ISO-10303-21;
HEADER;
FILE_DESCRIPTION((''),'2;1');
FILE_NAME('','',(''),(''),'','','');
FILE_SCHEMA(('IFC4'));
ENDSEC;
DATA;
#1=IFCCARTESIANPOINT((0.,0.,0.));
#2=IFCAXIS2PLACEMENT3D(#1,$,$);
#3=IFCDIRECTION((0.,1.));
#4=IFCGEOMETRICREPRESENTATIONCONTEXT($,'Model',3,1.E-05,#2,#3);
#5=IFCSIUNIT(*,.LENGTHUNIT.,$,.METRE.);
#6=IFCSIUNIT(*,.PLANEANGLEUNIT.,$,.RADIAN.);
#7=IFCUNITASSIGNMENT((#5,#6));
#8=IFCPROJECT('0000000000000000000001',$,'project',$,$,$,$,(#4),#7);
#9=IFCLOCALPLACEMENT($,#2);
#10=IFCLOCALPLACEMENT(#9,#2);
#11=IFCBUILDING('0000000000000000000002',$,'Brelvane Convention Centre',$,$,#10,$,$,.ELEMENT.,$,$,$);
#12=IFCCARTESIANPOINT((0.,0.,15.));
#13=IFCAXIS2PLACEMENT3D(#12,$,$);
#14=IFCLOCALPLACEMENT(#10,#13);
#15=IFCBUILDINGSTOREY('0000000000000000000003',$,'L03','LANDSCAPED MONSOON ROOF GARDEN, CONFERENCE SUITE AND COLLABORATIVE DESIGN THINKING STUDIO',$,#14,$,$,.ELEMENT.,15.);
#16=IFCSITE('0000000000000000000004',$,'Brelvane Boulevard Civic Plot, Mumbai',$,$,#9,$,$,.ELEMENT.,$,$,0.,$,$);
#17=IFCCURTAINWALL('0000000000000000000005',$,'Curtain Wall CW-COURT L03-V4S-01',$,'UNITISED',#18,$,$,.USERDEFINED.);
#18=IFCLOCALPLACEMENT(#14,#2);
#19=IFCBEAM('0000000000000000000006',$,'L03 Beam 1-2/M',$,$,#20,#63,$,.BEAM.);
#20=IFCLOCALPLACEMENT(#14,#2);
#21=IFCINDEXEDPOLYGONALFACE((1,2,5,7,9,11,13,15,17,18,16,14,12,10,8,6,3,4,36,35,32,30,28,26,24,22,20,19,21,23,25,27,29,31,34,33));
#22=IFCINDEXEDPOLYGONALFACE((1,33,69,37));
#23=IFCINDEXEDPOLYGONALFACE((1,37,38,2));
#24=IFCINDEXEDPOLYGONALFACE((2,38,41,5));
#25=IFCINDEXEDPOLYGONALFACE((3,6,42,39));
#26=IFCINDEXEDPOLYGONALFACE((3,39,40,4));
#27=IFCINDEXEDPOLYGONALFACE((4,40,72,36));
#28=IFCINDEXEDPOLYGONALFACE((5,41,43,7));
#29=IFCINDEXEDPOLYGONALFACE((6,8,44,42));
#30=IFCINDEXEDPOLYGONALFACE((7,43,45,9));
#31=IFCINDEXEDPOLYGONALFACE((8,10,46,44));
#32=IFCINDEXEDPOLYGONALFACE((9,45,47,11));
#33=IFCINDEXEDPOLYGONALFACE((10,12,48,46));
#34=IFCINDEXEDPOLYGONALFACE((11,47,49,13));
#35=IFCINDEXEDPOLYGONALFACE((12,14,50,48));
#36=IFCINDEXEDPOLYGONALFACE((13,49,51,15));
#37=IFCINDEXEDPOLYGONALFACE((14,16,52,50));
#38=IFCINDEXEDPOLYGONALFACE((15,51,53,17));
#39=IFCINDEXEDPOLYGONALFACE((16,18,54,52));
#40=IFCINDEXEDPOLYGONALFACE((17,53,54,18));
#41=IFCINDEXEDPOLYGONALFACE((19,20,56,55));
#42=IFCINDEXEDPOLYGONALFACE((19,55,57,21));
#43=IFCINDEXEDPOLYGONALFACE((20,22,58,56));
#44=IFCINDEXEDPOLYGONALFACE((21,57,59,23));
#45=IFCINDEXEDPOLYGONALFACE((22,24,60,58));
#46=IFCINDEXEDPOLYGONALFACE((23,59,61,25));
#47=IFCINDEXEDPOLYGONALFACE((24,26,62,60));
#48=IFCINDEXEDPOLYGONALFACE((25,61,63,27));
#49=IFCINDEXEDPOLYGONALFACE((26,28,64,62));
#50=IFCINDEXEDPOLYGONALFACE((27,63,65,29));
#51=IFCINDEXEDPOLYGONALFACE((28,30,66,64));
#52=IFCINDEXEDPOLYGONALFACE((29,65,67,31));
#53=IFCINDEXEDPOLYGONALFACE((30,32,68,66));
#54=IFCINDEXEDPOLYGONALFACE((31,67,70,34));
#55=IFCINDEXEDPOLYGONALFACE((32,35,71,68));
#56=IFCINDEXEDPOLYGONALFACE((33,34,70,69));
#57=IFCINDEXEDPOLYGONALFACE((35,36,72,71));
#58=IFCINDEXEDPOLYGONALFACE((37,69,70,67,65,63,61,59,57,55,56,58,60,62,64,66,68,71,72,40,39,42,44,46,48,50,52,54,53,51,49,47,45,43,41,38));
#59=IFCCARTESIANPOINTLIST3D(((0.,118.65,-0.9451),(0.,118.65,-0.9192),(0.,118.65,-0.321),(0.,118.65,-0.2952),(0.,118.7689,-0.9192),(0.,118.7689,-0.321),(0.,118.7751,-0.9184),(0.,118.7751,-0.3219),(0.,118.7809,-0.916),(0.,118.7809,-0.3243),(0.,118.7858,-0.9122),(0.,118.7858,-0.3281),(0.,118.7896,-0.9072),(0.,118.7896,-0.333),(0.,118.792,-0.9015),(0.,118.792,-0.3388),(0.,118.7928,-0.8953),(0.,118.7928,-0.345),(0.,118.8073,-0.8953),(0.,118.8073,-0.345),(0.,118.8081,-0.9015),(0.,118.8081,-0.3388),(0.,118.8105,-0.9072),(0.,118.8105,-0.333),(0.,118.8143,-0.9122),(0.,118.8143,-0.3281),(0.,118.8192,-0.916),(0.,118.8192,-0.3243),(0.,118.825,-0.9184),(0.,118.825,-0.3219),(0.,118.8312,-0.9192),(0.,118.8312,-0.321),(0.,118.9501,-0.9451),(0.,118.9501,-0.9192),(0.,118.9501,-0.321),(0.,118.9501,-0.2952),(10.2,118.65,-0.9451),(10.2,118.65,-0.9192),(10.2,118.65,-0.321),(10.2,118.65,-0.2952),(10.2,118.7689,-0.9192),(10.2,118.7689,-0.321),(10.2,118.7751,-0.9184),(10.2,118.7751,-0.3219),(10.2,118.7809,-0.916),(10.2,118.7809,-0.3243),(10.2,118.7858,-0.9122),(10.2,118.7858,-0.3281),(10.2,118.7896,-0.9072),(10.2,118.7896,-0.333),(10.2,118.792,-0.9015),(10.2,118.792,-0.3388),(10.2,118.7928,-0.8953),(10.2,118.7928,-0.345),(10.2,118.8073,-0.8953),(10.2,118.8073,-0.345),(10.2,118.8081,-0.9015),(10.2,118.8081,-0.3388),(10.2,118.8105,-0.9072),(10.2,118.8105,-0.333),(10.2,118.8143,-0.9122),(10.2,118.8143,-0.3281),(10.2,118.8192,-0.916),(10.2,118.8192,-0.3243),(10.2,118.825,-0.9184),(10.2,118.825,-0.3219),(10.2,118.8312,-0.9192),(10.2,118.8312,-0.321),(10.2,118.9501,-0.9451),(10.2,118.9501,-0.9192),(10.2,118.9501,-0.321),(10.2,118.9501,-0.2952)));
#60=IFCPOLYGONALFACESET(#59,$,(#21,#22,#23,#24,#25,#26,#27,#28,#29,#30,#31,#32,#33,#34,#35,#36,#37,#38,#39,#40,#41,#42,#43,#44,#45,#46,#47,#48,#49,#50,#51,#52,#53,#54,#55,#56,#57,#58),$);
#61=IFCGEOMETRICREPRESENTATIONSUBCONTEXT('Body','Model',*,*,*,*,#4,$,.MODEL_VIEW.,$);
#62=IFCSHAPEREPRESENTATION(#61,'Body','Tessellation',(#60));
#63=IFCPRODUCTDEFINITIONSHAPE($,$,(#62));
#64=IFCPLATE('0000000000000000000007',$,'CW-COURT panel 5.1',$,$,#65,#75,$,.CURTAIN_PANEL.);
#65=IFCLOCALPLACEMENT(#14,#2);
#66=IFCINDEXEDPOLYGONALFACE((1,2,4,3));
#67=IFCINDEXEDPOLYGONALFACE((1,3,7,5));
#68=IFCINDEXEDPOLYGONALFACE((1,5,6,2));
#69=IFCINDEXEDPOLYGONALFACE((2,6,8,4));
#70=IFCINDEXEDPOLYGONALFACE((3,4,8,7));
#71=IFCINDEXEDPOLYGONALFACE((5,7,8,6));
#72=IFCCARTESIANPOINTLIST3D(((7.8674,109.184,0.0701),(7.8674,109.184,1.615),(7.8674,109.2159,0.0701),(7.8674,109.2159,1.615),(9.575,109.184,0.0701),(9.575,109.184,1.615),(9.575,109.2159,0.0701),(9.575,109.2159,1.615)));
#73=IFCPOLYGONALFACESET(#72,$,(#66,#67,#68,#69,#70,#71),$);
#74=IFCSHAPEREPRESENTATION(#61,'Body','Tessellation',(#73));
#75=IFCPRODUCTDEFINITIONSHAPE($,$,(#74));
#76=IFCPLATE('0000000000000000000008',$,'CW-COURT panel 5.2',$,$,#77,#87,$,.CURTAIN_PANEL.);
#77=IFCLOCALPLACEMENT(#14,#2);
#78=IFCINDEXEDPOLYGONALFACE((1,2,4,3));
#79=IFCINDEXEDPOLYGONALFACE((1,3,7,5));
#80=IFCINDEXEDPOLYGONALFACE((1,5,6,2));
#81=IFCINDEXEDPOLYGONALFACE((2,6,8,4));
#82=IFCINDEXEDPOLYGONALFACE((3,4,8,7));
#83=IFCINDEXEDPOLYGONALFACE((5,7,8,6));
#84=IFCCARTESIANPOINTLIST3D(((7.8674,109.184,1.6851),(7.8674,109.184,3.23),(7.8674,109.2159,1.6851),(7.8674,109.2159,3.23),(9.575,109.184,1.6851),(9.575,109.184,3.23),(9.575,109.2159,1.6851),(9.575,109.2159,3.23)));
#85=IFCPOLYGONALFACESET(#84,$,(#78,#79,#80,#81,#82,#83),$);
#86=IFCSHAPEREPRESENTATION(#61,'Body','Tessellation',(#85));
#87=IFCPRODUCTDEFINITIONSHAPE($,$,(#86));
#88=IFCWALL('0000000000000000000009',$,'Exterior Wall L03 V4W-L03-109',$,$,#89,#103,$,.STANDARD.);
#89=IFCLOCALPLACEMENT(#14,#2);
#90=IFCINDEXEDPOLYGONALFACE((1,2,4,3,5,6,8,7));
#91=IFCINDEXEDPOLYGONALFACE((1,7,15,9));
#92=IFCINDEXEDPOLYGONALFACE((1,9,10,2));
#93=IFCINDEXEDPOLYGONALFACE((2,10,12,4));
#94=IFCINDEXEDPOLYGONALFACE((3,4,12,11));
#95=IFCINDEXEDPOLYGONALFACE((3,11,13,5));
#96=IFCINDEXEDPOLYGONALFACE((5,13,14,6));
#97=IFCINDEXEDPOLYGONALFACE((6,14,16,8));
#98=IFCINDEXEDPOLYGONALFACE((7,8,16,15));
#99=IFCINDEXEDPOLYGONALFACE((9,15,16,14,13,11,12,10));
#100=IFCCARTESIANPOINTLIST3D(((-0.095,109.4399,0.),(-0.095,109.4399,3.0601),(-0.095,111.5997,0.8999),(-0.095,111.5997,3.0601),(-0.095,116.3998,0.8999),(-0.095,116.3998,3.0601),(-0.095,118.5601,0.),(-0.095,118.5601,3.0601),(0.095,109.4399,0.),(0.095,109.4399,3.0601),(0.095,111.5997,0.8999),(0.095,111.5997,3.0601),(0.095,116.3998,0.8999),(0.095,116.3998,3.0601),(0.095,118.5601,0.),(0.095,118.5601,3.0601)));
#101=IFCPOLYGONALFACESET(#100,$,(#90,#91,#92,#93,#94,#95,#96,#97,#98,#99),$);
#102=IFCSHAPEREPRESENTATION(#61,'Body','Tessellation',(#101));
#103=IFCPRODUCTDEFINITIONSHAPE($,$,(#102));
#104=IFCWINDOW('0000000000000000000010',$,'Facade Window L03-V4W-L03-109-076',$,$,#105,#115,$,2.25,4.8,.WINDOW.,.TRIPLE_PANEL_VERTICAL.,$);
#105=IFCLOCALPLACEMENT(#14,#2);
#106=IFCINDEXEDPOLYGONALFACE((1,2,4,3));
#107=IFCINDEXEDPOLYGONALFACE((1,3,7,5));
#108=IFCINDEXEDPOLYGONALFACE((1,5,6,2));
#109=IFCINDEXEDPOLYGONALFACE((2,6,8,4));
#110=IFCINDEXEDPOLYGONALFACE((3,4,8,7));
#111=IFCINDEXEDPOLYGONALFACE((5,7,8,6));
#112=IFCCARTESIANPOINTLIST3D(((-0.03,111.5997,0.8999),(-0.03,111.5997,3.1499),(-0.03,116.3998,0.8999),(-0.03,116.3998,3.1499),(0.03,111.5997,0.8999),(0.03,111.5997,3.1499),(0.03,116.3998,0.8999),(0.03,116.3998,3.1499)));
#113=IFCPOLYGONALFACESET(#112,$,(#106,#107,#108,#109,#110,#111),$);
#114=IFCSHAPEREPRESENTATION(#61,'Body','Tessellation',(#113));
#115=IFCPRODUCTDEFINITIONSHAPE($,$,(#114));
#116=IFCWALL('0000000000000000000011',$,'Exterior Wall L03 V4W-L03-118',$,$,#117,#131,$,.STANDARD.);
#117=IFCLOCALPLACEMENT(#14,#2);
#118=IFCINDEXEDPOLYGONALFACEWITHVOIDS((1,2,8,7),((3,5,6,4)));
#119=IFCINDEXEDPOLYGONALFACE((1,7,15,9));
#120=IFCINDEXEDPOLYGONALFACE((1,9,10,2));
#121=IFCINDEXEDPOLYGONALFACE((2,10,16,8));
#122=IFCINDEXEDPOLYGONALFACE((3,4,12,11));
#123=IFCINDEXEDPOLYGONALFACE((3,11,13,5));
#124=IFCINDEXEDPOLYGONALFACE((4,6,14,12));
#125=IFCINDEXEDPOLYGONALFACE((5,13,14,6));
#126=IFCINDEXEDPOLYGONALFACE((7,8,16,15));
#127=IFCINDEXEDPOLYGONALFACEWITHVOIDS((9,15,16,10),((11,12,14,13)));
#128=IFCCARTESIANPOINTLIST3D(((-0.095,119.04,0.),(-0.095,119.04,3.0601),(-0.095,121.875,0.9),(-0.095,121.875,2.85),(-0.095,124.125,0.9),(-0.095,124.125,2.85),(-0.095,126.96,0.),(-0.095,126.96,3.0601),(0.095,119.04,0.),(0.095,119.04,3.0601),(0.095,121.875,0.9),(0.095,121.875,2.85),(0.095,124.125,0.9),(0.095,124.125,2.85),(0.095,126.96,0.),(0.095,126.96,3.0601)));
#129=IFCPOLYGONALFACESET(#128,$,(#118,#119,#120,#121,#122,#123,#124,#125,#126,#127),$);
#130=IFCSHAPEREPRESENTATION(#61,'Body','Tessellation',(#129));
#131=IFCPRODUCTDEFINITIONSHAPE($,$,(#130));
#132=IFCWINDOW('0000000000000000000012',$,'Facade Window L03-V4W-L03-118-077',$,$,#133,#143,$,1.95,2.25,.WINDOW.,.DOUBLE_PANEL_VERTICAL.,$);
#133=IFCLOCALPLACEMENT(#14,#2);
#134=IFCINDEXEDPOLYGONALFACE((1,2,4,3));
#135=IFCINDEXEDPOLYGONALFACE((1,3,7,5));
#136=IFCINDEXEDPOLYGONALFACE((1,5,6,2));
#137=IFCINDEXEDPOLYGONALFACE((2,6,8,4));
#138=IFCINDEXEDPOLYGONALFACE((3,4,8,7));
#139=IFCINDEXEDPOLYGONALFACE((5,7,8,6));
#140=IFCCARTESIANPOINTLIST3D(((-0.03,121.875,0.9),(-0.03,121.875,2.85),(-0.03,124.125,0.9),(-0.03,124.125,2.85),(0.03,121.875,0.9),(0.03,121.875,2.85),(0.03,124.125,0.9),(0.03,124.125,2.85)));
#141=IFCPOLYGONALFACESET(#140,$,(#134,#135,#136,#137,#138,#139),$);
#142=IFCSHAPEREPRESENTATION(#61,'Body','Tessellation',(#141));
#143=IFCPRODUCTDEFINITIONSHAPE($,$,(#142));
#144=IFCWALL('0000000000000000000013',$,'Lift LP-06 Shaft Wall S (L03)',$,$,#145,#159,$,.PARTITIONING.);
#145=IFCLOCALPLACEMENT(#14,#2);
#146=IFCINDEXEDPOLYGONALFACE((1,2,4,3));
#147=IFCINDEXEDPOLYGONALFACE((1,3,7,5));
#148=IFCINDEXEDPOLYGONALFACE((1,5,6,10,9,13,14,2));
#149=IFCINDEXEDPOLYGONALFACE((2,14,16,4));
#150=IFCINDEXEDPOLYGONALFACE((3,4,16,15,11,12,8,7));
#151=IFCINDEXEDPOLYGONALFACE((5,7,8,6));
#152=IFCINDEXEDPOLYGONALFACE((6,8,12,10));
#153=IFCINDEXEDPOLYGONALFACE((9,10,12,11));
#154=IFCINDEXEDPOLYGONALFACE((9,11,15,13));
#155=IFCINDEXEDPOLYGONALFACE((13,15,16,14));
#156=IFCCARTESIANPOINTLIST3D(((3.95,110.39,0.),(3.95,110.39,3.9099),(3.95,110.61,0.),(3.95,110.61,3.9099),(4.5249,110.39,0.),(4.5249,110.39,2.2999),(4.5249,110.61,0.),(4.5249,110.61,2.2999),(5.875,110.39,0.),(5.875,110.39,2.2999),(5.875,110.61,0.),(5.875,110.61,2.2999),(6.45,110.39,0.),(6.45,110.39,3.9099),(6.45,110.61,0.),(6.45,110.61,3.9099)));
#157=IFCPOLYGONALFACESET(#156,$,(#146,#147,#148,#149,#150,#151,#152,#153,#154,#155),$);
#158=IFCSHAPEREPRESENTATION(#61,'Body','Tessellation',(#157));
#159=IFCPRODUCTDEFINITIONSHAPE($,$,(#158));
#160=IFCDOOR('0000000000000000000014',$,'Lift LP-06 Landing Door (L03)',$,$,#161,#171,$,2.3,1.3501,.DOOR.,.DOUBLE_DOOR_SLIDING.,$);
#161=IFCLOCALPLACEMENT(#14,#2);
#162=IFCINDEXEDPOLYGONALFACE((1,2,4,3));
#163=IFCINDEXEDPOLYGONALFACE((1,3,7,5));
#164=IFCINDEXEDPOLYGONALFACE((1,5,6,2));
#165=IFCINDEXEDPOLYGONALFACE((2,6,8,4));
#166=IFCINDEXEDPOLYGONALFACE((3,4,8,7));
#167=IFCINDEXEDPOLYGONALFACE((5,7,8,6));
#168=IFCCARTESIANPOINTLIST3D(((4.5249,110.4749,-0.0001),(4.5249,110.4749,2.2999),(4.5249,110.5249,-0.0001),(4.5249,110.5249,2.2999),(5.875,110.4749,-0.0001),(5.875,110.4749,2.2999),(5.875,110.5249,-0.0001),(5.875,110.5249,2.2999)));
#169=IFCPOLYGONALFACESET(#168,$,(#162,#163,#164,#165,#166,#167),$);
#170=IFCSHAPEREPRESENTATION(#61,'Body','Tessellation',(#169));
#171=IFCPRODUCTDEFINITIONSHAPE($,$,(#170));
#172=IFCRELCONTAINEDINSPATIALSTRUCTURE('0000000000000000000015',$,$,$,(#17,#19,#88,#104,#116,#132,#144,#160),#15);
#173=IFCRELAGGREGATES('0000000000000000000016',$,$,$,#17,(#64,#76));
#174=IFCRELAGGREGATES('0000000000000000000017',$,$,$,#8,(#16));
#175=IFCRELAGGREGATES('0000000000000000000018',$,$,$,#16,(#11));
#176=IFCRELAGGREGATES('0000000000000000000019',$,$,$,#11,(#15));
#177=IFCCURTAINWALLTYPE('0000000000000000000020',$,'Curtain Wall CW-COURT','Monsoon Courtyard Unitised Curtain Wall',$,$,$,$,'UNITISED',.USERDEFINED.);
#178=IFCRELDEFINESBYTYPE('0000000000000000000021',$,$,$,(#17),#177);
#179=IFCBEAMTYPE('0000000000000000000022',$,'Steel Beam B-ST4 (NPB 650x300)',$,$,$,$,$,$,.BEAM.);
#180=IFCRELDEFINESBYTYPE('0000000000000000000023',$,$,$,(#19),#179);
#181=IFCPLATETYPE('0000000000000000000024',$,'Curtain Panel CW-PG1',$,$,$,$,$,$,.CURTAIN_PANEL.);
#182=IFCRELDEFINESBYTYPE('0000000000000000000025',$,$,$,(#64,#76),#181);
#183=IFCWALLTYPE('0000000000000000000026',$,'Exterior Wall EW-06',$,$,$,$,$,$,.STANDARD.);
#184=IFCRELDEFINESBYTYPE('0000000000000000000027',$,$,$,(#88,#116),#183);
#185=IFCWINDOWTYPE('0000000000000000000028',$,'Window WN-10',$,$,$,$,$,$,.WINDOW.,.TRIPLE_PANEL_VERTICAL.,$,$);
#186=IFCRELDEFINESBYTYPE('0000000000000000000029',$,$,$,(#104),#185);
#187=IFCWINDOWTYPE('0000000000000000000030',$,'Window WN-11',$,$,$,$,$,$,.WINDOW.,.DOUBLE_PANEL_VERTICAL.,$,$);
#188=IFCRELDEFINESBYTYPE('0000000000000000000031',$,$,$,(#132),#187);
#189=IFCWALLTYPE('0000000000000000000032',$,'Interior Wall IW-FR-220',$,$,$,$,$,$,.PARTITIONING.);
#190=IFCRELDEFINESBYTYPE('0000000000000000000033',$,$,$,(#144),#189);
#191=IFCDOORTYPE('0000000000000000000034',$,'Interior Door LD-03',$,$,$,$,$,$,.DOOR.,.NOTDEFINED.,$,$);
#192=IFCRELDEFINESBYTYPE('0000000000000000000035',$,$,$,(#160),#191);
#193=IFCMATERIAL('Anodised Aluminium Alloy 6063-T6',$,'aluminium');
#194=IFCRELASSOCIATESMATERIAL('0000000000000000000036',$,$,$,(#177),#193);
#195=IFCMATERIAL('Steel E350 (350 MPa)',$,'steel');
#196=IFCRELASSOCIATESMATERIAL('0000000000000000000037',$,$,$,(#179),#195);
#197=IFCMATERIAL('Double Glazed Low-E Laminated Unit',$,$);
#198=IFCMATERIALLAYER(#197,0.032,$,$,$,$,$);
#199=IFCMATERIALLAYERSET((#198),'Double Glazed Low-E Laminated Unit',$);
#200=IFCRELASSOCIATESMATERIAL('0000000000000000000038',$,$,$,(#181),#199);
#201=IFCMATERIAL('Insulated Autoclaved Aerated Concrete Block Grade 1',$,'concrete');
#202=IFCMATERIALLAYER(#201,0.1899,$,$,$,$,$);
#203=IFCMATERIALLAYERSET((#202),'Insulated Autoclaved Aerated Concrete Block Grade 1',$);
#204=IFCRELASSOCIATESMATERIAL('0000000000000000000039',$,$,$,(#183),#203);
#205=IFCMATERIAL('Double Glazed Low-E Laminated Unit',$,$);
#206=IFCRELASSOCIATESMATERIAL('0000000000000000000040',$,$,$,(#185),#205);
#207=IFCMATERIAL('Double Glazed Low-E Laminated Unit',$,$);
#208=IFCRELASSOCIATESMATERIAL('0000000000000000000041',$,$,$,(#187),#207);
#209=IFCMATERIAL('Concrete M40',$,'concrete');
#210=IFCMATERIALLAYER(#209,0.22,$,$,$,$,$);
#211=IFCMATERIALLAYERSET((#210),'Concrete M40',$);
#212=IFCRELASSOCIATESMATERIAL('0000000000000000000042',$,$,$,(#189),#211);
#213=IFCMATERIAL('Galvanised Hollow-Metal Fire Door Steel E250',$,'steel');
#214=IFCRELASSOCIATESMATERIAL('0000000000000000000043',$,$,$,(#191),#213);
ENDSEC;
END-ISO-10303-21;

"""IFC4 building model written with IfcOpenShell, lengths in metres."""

from ifc_helpers import new_model, si_unit, direction, frame, frame_2d, origin, origin_2d, place, context, subcontext, project, spatial, rectangle, i_section, extrude, material, layer, layer_set, material_profile, profile_set, type_object, element, fill, aggregate, save


model = new_model("IFC4")

# Units and contexts
model_context = context("Model", 3, precision=1e-05, world=origin(), true_north=direction((0.0, 1.0)))
body_context = subcontext(model_context, "Body", "Model", "MODEL_VIEW")
ifc_project = project(units=[si_unit("LENGTHUNIT", "METRE"), si_unit("PLANEANGLEUNIT", "RADIAN")], contexts=[model_context])

# Site, building, storey
site_placement = place(None, origin())
site = spatial("IfcSite", under=ifc_project, at=site_placement, Name="Brelvane Boulevard Civic Plot, Mumbai", CompositionType="ELEMENT", RefElevation=0.0)
building_placement = place(site_placement, origin())
building = spatial("IfcBuilding", under=site, at=building_placement, Name="Brelvane Convention Centre", CompositionType="ELEMENT")
storey_placement = place(building_placement, frame((0.0, 0.0, 15.0)))
storey = spatial("IfcBuildingStorey", under=building, at=storey_placement, Name="L03", Description="LANDSCAPED MONSOON ROOF GARDEN, CONFERENCE SUITE AND COLLABORATIVE DESIGN THINKING STUDIO", CompositionType="ELEMENT", Elevation=15.0)

# Curtain wall
ifc_material_1 = material(Name="Anodised Aluminium Alloy 6063-T6", Category="aluminium")
curtain_wall_type = type_object("IfcCurtainWallType", Name="Curtain Wall CW-COURT", Description="Monsoon Courtyard Unitised Curtain Wall", ElementType="UNITISED", PredefinedType="USERDEFINED", material=ifc_material_1)
curtain_wall_placement = place(storey_placement, origin())
curtain_wall = element("IfcCurtainWall", 1, at=curtain_wall_placement, inside=storey, type_object=curtain_wall_type, Name="Curtain Wall CW-COURT L03-V4S-01", ObjectType="UNITISED", PredefinedType="USERDEFINED")

# Beam
ifc_material_2 = material(Name="Steel E350 (350 MPa)", Category="steel")
ifc_material_profile_1 = material_profile(ifc_material_2, i_section(OverallWidth=0.3, OverallDepth=0.6499, WebThickness=0.0144, FlangeThickness=0.0259, FilletRadius=0.0239, at=origin_2d()), Name="NPB 650x300")
ifc_profile_set_1 = profile_set([ifc_material_profile_1], Name="Steel E350 (350 MPa)")
beam_type_1 = type_object("IfcBeamType", Name="Steel Beam B-ST4 (NPB 650x300)", PredefinedType="BEAM", material=ifc_profile_set_1)
beam_1_placement = place(storey_placement, frame((0.0, 118.8, -0.6201), z_axis=(1.0, 0.0, 0.0), x_axis=(0.0, 1.0, 0.0)))
element("IfcBeam", 2, at=beam_1_placement, inside=storey, type_object=beam_type_1, Name="L03 Beam 1-2/M", PredefinedType="BEAM", context=body_context, shape_type="SweptSolid", body=[
    extrude(i_section(OverallWidth=0.3, OverallDepth=0.6499, WebThickness=0.0144, FlangeThickness=0.0259, FilletRadius=0.0239, at=origin_2d()), origin(), (0.0, 0.0, 1.0), 10.2),
])

# Plates
ifc_material_3 = material(Name="Double Glazed Low-E Laminated Unit")
ifc_layer_1 = layer(ifc_material_3, 0.032)
ifc_layer_set_1 = layer_set([ifc_layer_1], Name="Double Glazed Low-E Laminated Unit")
plate_type = type_object("IfcPlateType", Name="Curtain Panel CW-PG1", PredefinedType="CURTAIN_PANEL", material=ifc_layer_set_1)
plate_1_placement = place(storey_placement, frame((8.7212, 109.2, 0.0701), z_axis=(0.0, 0.0, 1.0), x_axis=(1.0, 0.0, 0.0)))
plate_1 = element("IfcPlate", 3, at=plate_1_placement, type_object=plate_type, Name="CW-COURT panel 5.1", PredefinedType="CURTAIN_PANEL", context=body_context, shape_type="SweptSolid", body=[
    extrude(rectangle(XDim=1.7075, YDim=0.032, at=origin_2d()), origin(), (0.0, 0.0, 1.0), 1.5449),
])
plate_2_placement = place(storey_placement, frame((8.7212, 109.2, 1.6851), z_axis=(0.0, 0.0, 1.0), x_axis=(1.0, 0.0, 0.0)))
plate_2 = element("IfcPlate", 4, at=plate_2_placement, type_object=plate_type, Name="CW-COURT panel 5.2", PredefinedType="CURTAIN_PANEL", context=body_context, shape_type="SweptSolid", body=[
    extrude(rectangle(XDim=1.7075, YDim=0.032, at=origin_2d()), origin(), (0.0, 0.0, 1.0), 1.5449),
])
aggregate(curtain_wall, [plate_1, plate_2])

# Walls, openings, windows
ifc_material_4 = material(Name="Insulated Autoclaved Aerated Concrete Block Grade 1", Category="concrete")
ifc_layer_2 = layer(ifc_material_4, 0.1899)
ifc_layer_set_2 = layer_set([ifc_layer_2], Name="Insulated Autoclaved Aerated Concrete Block Grade 1")
wall_type_1 = type_object("IfcWallType", Name="Exterior Wall EW-06", PredefinedType="STANDARD", material=ifc_layer_set_2)
wall_1_placement = place(storey_placement, frame((0.0, 109.4399, 0.0), z_axis=(0.0, 0.0, 1.0), x_axis=(0.0, 1.0, 0.0)))
wall_1 = element("IfcWall", 5, at=wall_1_placement, inside=storey, type_object=wall_type_1, Name="Exterior Wall L03 V4W-L03-109", PredefinedType="STANDARD", context=body_context, shape_type="SweptSolid", body=[
    extrude(rectangle(XDim=9.1201, YDim=0.1899, at=frame_2d((4.5601, 0.0))), origin(), (0.0, 0.0, 1.0), 3.0601),
])
opening_1_placement = place(wall_1_placement, frame((2.1599, 0.0, 0.8999)))
opening_1 = element("IfcOpeningElement", 6, at=opening_1_placement, cuts=wall_1, PredefinedType="OPENING", context=body_context, shape_type="SweptSolid", body=[
    extrude(rectangle(XDim=4.8, YDim=2.25, at=frame_2d((2.3999, 1.125))), frame((0.0, 0.105, 0.0), z_axis=(0.0, -1.0, 0.0), x_axis=(1.0, 0.0, 0.0)), (0.0, 0.0, 1.0), 0.21),
])
ifc_material_5 = material(Name="Double Glazed Low-E Laminated Unit")
window_type_1 = type_object("IfcWindowType", Name="Window WN-10", PartitioningType="TRIPLE_PANEL_VERTICAL", PredefinedType="WINDOW", material=ifc_material_5)
window_1_placement = place(opening_1_placement, origin())
window_1 = element("IfcWindow", 7, at=window_1_placement, inside=storey, type_object=window_type_1, Name="Facade Window L03-V4W-L03-109-076", OverallHeight=2.25, OverallWidth=4.8, PartitioningType="TRIPLE_PANEL_VERTICAL", PredefinedType="WINDOW", context=body_context, shape_type="SweptSolid", body=[
    extrude(rectangle(XDim=4.8, YDim=2.25, at=frame_2d((2.3999, 1.125))), frame((0.0, 0.03, 0.0), z_axis=(0.0, -1.0, 0.0), x_axis=(1.0, 0.0, 0.0)), (0.0, 0.0, 1.0), 0.0601),
])
fill(opening_1, window_1)
wall_2_placement = place(storey_placement, frame((0.0, 119.04, 0.0), z_axis=(0.0, 0.0, 1.0), x_axis=(0.0, 1.0, 0.0)))
wall_2 = element("IfcWall", 8, at=wall_2_placement, inside=storey, type_object=wall_type_1, Name="Exterior Wall L03 V4W-L03-118", PredefinedType="STANDARD", context=body_context, shape_type="SweptSolid", body=[
    extrude(rectangle(XDim=7.9199, YDim=0.1899, at=frame_2d((3.96, 0.0))), origin(), (0.0, 0.0, 1.0), 3.0601),
])
opening_2_placement = place(wall_2_placement, frame((2.835, 0.0, 0.8999)))
opening_2 = element("IfcOpeningElement", 9, at=opening_2_placement, cuts=wall_2, PredefinedType="OPENING", context=body_context, shape_type="SweptSolid", body=[
    extrude(rectangle(XDim=2.25, YDim=1.95, at=frame_2d((1.125, 0.9751))), frame((0.0, 0.105, 0.0), z_axis=(0.0, -1.0, 0.0), x_axis=(1.0, 0.0, 0.0)), (0.0, 0.0, 1.0), 0.21),
])
ifc_material_6 = material(Name="Double Glazed Low-E Laminated Unit")
window_type_2 = type_object("IfcWindowType", Name="Window WN-11", PartitioningType="DOUBLE_PANEL_VERTICAL", PredefinedType="WINDOW", material=ifc_material_6)
window_2_placement = place(opening_2_placement, origin())
window_2 = element("IfcWindow", 10, at=window_2_placement, inside=storey, type_object=window_type_2, Name="Facade Window L03-V4W-L03-118-077", OverallHeight=1.95, OverallWidth=2.25, PartitioningType="DOUBLE_PANEL_VERTICAL", PredefinedType="WINDOW", context=body_context, shape_type="SweptSolid", body=[
    extrude(rectangle(XDim=2.25, YDim=1.95, at=frame_2d((1.125, 0.9751))), frame((0.0, 0.03, 0.0), z_axis=(0.0, -1.0, 0.0), x_axis=(1.0, 0.0, 0.0)), (0.0, 0.0, 1.0), 0.0601),
])
fill(opening_2, window_2)

# Wall, opening, door
ifc_material_7 = material(Name="Concrete M40", Category="concrete")
ifc_layer_3 = layer(ifc_material_7, 0.22)
ifc_layer_set_3 = layer_set([ifc_layer_3], Name="Concrete M40")
wall_type_2 = type_object("IfcWallType", Name="Interior Wall IW-FR-220", PredefinedType="PARTITIONING", material=ifc_layer_set_3)
wall_3_placement = place(storey_placement, frame((3.95, 110.5, 0.0), z_axis=(0.0, 0.0, 1.0), x_axis=(1.0, 0.0, 0.0)))
wall_3 = element("IfcWall", 11, at=wall_3_placement, inside=storey, type_object=wall_type_2, Name="Lift LP-06 Shaft Wall S (L03)", PredefinedType="PARTITIONING", context=body_context, shape_type="SweptSolid", body=[
    extrude(rectangle(XDim=2.5, YDim=0.22, at=frame_2d((1.25, 0.0))), origin(), (0.0, 0.0, 1.0), 3.9099),
])
opening_3_placement = place(wall_3_placement, frame((0.575, 0.0, 0.0)))
opening_3 = element("IfcOpeningElement", 12, at=opening_3_placement, cuts=wall_3, PredefinedType="OPENING", context=body_context, shape_type="SweptSolid", body=[
    extrude(rectangle(XDim=1.3501, YDim=2.3, at=frame_2d((0.675, 1.1499))), frame((0.0, 0.1199, 0.0), z_axis=(0.0, -1.0, 0.0), x_axis=(1.0, 0.0, 0.0)), (0.0, 0.0, 1.0), 0.24),
])
ifc_material_8 = material(Name="Galvanised Hollow-Metal Fire Door Steel E250", Category="steel")
door_type_1 = type_object("IfcDoorType", Name="Interior Door LD-03", OperationType="NOTDEFINED", PredefinedType="DOOR", material=ifc_material_8)
door_1_placement = place(opening_3_placement, origin())
door_1 = element("IfcDoor", 13, at=door_1_placement, inside=storey, type_object=door_type_1, Name="Lift LP-06 Landing Door (L03)", OperationType="DOUBLE_DOOR_SLIDING", OverallHeight=2.3, OverallWidth=1.3501, PredefinedType="DOOR", context=body_context, shape_type="SweptSolid", body=[
    extrude(rectangle(XDim=1.3501, YDim=2.3, at=frame_2d((0.675, 1.1499))), frame((0.0, 0.0249, 0.0), z_axis=(0.0, -1.0, 0.0), x_axis=(1.0, 0.0, 0.0)), (0.0, 0.0, 1.0), 0.05),
])
fill(opening_3, door_1)

save(model, "model.ifc")
